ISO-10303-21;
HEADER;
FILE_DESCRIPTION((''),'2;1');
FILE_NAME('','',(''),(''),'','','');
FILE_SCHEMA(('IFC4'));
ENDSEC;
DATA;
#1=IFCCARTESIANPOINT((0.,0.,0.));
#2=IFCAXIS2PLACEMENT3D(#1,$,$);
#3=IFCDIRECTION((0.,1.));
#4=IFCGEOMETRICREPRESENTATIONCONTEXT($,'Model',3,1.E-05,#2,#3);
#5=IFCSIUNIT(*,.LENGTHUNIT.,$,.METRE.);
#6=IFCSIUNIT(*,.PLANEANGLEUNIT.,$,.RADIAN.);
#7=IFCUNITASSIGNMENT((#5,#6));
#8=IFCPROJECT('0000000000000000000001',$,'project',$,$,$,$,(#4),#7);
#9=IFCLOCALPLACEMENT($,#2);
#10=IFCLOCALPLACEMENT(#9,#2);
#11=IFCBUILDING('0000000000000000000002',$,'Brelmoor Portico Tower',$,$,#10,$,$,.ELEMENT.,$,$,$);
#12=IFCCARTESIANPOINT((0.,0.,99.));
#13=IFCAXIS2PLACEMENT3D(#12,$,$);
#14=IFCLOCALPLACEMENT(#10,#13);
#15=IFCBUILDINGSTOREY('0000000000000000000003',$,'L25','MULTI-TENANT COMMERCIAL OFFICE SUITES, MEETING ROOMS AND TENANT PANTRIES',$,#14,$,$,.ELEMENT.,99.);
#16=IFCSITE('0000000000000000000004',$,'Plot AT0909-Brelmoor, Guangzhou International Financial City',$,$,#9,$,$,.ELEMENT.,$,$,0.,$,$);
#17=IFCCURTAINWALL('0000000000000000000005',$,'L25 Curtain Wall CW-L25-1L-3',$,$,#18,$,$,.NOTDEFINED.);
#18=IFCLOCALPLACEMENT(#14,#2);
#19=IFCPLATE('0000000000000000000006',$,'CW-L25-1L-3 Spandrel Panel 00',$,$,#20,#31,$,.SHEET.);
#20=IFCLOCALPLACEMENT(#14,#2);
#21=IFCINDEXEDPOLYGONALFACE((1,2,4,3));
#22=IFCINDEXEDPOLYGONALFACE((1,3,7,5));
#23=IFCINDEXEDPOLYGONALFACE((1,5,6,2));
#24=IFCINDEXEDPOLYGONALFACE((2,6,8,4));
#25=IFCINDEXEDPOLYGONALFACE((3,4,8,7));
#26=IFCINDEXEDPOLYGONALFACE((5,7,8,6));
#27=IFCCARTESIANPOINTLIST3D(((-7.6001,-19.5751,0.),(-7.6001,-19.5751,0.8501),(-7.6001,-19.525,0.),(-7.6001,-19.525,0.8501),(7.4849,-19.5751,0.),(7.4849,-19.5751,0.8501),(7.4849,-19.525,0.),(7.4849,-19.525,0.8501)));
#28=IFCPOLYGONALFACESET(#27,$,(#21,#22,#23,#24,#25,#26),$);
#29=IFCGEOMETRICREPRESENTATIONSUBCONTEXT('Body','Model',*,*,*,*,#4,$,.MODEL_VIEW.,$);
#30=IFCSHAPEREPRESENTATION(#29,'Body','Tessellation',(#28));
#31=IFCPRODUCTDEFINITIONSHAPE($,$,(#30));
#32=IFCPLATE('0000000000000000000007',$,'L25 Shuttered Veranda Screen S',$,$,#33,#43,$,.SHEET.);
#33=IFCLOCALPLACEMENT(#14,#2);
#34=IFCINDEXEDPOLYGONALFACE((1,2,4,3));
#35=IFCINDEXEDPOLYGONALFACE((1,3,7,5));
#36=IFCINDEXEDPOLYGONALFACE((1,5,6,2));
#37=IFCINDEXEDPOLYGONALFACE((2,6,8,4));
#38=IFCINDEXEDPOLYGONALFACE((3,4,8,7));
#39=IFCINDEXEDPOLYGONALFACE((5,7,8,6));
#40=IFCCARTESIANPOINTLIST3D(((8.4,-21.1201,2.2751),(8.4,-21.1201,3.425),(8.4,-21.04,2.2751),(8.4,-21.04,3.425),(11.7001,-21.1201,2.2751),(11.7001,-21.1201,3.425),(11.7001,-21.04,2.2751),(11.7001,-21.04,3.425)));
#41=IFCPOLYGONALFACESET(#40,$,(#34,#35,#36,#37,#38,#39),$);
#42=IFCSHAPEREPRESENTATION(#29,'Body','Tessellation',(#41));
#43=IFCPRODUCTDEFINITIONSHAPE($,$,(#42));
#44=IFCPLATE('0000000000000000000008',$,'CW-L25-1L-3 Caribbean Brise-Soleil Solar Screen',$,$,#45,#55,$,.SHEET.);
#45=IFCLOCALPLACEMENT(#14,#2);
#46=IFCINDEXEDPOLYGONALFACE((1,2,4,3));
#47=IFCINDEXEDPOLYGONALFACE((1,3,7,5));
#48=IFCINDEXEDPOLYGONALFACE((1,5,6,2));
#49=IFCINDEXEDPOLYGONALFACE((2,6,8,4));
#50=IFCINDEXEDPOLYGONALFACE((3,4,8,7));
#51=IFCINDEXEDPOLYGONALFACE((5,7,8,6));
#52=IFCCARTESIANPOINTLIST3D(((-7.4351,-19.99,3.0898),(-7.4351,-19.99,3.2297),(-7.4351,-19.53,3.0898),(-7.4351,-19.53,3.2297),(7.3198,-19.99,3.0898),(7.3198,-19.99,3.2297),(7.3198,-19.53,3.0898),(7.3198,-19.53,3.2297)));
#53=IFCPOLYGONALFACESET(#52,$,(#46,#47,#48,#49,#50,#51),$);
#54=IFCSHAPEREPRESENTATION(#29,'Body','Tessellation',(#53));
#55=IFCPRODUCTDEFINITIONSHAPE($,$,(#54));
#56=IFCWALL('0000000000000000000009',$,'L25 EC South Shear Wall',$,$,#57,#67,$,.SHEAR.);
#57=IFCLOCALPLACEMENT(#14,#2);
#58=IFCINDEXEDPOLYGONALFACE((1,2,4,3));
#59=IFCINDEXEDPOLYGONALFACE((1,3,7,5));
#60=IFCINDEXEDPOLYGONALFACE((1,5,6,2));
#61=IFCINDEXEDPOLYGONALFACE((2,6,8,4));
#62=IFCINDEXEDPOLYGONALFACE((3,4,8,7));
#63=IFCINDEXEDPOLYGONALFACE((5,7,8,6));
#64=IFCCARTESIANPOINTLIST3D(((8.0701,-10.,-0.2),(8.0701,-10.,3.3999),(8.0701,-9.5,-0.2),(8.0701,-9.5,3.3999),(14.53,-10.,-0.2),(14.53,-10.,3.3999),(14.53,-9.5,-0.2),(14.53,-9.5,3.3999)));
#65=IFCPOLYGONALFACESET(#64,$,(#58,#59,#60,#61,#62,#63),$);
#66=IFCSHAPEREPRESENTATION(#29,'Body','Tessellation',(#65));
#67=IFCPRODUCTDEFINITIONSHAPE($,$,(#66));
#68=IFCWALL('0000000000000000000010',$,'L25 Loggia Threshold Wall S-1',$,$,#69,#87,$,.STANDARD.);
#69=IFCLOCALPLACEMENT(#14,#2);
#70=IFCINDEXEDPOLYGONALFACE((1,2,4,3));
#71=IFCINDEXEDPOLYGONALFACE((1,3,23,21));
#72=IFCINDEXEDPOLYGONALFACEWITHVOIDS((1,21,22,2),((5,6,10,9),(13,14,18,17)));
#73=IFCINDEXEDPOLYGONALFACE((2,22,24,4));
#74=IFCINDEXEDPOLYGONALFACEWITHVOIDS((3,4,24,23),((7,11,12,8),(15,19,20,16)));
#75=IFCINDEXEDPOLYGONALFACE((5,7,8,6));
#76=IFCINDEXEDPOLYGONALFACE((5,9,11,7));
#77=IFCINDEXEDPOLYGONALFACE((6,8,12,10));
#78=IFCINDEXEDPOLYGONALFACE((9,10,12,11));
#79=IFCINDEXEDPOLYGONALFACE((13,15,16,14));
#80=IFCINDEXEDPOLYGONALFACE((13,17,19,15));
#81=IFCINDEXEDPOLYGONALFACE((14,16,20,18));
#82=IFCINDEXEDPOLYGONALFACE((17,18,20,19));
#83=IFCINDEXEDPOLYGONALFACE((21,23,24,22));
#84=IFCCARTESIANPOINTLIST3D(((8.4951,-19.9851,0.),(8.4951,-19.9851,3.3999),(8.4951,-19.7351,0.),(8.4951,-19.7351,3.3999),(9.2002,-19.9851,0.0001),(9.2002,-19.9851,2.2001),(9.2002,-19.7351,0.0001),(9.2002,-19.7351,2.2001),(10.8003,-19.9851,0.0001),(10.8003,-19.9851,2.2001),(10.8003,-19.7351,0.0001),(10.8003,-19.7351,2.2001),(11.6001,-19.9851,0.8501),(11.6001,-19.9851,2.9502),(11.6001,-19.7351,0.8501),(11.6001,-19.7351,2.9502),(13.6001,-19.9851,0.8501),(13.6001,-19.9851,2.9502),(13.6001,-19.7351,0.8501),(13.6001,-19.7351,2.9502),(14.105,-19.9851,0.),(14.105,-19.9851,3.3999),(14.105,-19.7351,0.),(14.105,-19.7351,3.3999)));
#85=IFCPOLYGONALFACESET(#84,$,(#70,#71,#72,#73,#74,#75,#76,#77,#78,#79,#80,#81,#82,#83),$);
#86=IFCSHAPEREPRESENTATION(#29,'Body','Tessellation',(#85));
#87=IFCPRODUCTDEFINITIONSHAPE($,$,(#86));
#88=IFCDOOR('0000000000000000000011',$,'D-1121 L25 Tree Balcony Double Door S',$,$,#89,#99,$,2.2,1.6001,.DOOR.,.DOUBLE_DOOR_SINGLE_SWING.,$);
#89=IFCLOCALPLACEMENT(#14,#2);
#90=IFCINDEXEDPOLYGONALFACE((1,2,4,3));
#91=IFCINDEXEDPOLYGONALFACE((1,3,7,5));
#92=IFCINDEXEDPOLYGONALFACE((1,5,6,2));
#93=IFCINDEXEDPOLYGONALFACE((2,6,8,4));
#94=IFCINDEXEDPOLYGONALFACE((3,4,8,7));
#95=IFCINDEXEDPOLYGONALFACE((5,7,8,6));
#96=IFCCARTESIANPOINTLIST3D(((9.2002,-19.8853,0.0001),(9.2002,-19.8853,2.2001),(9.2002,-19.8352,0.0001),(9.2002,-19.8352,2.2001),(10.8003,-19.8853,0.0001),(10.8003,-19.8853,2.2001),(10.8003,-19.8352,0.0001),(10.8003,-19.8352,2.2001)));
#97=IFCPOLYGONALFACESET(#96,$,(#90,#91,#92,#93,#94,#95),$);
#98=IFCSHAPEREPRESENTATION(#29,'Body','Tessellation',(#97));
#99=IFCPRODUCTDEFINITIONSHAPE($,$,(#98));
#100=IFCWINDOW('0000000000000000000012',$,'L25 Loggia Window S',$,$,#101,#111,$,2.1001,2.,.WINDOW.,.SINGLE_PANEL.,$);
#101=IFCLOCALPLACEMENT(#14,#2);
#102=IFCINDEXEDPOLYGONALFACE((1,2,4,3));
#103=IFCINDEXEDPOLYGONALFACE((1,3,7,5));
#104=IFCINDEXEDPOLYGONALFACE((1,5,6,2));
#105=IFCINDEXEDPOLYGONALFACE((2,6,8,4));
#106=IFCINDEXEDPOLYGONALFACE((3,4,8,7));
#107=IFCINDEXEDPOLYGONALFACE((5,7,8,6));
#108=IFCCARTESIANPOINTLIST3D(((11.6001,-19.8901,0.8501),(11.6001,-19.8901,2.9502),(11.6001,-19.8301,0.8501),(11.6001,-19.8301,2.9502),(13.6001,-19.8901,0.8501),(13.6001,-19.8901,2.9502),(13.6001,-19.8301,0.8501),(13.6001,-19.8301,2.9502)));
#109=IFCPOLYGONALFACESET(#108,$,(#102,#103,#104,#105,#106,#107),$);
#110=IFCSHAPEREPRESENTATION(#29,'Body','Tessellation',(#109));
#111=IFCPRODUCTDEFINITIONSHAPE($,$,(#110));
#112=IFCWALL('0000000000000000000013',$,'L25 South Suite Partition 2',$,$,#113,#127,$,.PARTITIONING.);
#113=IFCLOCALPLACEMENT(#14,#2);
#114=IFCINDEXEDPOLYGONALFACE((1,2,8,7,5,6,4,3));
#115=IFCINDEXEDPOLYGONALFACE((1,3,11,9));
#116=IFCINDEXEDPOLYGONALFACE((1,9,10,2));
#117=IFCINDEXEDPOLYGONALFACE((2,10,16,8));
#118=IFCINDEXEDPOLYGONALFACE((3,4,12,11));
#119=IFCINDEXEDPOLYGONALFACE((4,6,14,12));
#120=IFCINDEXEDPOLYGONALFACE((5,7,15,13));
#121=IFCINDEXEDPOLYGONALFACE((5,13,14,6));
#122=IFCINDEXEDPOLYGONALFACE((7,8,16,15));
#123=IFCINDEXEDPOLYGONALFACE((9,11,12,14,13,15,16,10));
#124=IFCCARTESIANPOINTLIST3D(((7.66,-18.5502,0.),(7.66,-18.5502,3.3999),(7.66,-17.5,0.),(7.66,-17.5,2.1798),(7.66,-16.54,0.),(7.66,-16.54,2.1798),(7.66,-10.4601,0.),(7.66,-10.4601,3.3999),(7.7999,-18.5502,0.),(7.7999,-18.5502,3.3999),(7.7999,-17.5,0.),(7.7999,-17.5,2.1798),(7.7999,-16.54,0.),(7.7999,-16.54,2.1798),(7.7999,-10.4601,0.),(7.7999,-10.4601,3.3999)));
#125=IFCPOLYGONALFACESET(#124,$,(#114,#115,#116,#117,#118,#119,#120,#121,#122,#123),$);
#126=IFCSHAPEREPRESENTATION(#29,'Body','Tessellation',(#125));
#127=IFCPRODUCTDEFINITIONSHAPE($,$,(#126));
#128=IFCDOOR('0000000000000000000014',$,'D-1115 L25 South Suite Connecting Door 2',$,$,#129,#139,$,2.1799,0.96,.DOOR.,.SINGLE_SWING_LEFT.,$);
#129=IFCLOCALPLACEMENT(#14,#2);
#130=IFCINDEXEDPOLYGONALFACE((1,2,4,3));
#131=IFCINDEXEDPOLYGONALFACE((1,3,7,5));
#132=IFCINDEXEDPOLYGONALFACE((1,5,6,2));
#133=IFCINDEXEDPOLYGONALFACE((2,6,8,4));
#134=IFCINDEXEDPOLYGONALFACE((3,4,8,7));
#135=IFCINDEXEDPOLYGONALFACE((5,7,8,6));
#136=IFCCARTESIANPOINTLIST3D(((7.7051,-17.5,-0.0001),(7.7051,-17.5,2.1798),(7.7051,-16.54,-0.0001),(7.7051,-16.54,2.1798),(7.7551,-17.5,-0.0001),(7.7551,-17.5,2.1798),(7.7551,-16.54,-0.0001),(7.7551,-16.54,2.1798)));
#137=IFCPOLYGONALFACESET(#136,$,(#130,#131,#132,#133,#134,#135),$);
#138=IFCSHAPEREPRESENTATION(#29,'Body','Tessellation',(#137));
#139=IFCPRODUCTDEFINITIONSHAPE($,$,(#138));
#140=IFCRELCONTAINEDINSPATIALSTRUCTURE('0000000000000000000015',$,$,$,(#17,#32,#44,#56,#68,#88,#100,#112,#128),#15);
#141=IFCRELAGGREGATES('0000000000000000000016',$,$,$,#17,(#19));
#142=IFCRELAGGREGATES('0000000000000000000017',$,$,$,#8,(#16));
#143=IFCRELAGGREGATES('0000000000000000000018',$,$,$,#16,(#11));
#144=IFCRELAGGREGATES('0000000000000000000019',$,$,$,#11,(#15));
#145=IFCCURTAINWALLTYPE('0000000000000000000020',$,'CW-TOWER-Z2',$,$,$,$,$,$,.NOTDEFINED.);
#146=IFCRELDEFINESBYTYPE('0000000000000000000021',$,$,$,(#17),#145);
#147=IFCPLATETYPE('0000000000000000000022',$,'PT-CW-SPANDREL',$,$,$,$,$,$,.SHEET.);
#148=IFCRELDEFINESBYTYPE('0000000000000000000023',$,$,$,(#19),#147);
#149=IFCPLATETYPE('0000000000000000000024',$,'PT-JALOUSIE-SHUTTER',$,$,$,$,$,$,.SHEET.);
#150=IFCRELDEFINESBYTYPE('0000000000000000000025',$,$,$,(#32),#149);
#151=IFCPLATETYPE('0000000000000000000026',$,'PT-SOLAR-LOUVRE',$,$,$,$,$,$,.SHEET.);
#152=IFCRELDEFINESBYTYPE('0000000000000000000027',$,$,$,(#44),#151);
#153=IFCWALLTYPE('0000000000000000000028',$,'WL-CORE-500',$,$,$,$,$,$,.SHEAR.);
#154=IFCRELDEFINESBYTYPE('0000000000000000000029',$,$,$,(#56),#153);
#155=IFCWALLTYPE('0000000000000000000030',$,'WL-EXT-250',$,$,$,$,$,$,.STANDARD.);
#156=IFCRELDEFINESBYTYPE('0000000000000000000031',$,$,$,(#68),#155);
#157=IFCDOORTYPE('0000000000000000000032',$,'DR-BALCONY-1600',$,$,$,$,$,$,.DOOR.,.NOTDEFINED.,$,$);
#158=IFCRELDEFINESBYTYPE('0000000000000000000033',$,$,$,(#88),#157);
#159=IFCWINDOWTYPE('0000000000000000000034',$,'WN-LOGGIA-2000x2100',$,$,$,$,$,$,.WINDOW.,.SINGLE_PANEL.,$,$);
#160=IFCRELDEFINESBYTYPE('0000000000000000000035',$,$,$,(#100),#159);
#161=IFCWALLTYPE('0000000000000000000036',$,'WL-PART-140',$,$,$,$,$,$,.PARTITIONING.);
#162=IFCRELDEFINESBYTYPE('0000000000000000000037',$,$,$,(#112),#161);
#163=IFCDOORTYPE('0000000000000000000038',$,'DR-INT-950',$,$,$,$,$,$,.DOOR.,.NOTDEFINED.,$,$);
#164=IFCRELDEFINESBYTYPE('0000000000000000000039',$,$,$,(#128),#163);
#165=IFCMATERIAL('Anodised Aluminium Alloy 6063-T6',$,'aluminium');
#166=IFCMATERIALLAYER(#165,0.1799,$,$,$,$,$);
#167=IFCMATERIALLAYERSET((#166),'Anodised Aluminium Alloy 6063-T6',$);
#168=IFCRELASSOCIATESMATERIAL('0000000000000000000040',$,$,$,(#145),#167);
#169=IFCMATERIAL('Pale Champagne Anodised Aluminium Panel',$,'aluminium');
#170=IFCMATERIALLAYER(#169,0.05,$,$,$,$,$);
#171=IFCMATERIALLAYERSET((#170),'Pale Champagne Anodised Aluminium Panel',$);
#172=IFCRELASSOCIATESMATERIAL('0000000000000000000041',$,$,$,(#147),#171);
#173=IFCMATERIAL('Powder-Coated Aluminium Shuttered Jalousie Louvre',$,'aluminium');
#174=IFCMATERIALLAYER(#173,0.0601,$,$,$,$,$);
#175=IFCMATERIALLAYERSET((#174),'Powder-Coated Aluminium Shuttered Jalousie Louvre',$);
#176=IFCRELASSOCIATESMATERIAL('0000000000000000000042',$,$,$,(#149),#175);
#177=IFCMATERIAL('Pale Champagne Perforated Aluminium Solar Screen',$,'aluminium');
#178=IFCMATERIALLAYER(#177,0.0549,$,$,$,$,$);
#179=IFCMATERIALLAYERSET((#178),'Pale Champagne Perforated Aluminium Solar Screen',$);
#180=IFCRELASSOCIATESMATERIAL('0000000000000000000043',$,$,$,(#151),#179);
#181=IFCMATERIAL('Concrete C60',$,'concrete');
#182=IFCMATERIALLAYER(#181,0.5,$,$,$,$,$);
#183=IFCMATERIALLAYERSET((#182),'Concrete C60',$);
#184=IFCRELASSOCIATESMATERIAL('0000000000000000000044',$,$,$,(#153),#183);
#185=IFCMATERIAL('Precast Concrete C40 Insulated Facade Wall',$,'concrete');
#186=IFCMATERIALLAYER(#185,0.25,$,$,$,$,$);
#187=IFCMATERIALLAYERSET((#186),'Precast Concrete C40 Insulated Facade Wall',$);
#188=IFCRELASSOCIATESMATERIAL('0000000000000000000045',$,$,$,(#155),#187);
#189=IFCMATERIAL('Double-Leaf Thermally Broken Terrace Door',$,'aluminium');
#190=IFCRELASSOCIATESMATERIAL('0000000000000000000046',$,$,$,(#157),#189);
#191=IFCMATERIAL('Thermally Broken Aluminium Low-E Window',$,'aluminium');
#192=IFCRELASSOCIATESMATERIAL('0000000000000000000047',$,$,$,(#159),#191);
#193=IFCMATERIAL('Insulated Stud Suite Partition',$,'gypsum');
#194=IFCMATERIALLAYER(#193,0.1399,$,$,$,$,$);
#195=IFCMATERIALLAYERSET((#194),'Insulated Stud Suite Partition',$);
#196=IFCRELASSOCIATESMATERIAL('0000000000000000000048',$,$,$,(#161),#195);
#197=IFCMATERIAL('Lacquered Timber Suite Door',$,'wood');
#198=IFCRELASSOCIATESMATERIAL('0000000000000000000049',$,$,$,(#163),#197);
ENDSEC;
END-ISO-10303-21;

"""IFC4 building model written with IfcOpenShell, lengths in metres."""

from ifc_helpers import new_model, si_unit, direction, frame, frame_2d, origin, origin_2d, place, context, subcontext, project, spatial, rectangle, extrude, material, layer, layer_set, type_object, element, fill, aggregate, save


model = new_model("IFC4")

# Units and contexts
model_context = context("Model", 3, precision=1e-05, world=origin(), true_north=direction((0.0, 1.0)))
body_context = subcontext(model_context, "Body", "Model", "MODEL_VIEW")
ifc_project = project(units=[si_unit("LENGTHUNIT", "METRE"), si_unit("PLANEANGLEUNIT", "RADIAN")], contexts=[model_context])

# Site, building, storey
site_placement = place(None, origin())
site = spatial("IfcSite", under=ifc_project, at=site_placement, Name="Plot AT0909-Brelmoor, Guangzhou International Financial City", CompositionType="ELEMENT", RefElevation=0.0)
building_placement = place(site_placement, origin())
building = spatial("IfcBuilding", under=site, at=building_placement, Name="Brelmoor Portico Tower", CompositionType="ELEMENT")
storey_placement = place(building_placement, frame((0.0, 0.0, 99.0)))
storey = spatial("IfcBuildingStorey", under=building, at=storey_placement, Name="L25", Description="MULTI-TENANT COMMERCIAL OFFICE SUITES, MEETING ROOMS AND TENANT PANTRIES", CompositionType="ELEMENT", Elevation=99.0)

# Curtain wall
ifc_material_1 = material(Name="Anodised Aluminium Alloy 6063-T6", Category="aluminium")
ifc_layer_1 = layer(ifc_material_1, 0.1799)
ifc_layer_set_1 = layer_set([ifc_layer_1], Name="Anodised Aluminium Alloy 6063-T6")
curtain_wall_type = type_object("IfcCurtainWallType", Name="CW-TOWER-Z2", PredefinedType="NOTDEFINED", material=ifc_layer_set_1)
curtain_wall_placement = place(storey_placement, origin())
curtain_wall = element("IfcCurtainWall", 1, at=curtain_wall_placement, inside=storey, type_object=curtain_wall_type, Name="L25 Curtain Wall CW-L25-1L-3", PredefinedType="NOTDEFINED")

# Plate
ifc_material_2 = material(Name="Pale Champagne Anodised Aluminium Panel", Category="aluminium")
ifc_layer_2 = layer(ifc_material_2, 0.05)
ifc_layer_set_2 = layer_set([ifc_layer_2], Name="Pale Champagne Anodised Aluminium Panel")
plate_type_1 = type_object("IfcPlateType", Name="PT-CW-SPANDREL", PredefinedType="SHEET", material=ifc_layer_set_2)
plate_1_placement = place(storey_placement, frame((-0.0576, -19.55, 0.0), z_axis=(0.0, 0.0, 1.0), x_axis=(1.0, 0.0, 0.0)))
plate_1 = element("IfcPlate", 2, at=plate_1_placement, type_object=plate_type_1, Name="CW-L25-1L-3 Spandrel Panel 00", PredefinedType="SHEET", context=body_context, shape_type="SweptSolid", body=[
    extrude(rectangle(XDim=15.085, YDim=0.05, at=origin_2d()), origin(), (0.0, 0.0, 1.0), 0.8501),
])
aggregate(curtain_wall, [plate_1])

# Plates
ifc_material_3 = material(Name="Powder-Coated Aluminium Shuttered Jalousie Louvre", Category="aluminium")
ifc_layer_3 = layer(ifc_material_3, 0.0601)
ifc_layer_set_3 = layer_set([ifc_layer_3], Name="Powder-Coated Aluminium Shuttered Jalousie Louvre")
plate_type_2 = type_object("IfcPlateType", Name="PT-JALOUSIE-SHUTTER", PredefinedType="SHEET", material=ifc_layer_set_3)
plate_2_placement = place(storey_placement, frame((10.05, -21.0801, 2.2751), z_axis=(0.0, 0.0, 1.0), x_axis=(1.0, 0.0, 0.0)))
element("IfcPlate", 3, at=plate_2_placement, inside=storey, type_object=plate_type_2, Name="L25 Shuttered Veranda Screen S", PredefinedType="SHEET", context=body_context, shape_type="SweptSolid", body=[
    extrude(rectangle(XDim=3.3, YDim=0.0801, at=origin_2d()), origin(), (0.0, 0.0, 1.0), 1.1499),
])
ifc_material_4 = material(Name="Pale Champagne Perforated Aluminium Solar Screen", Category="aluminium")
ifc_layer_4 = layer(ifc_material_4, 0.0549)
ifc_layer_set_4 = layer_set([ifc_layer_4], Name="Pale Champagne Perforated Aluminium Solar Screen")
plate_type_3 = type_object("IfcPlateType", Name="PT-SOLAR-LOUVRE", PredefinedType="SHEET", material=ifc_layer_set_4)
plate_3_placement = place(storey_placement, frame((-0.0576, -19.76, 3.0898), z_axis=(0.0, 0.0, 1.0), x_axis=(1.0, 0.0, 0.0)))
element("IfcPlate", 4, at=plate_3_placement, inside=storey, type_object=plate_type_3, Name="CW-L25-1L-3 Caribbean Brise-Soleil Solar Screen", PredefinedType="SHEET", context=body_context, shape_type="SweptSolid", body=[
    extrude(rectangle(XDim=14.7549, YDim=0.46, at=origin_2d()), origin(), (0.0, 0.0, 1.0), 0.1399),
])

# Wall
ifc_material_5 = material(Name="Concrete C60", Category="concrete")
ifc_layer_5 = layer(ifc_material_5, 0.5)
ifc_layer_set_5 = layer_set([ifc_layer_5], Name="Concrete C60")
wall_type_1 = type_object("IfcWallType", Name="WL-CORE-500", PredefinedType="SHEAR", material=ifc_layer_set_5)
wall_1_placement = place(storey_placement, frame((8.0701, -9.75, -0.2), z_axis=(0.0, 0.0, 1.0), x_axis=(1.0, 0.0, 0.0)))
element("IfcWall", 5, at=wall_1_placement, inside=storey, type_object=wall_type_1, Name="L25 EC South Shear Wall", PredefinedType="SHEAR", context=body_context, shape_type="SweptSolid", body=[
    extrude(rectangle(XDim=6.46, YDim=0.5, at=frame_2d((3.23, 0.0))), origin(), (0.0, 0.0, 1.0), 3.5999),
])

# Wall, openings, door, window
ifc_material_6 = material(Name="Precast Concrete C40 Insulated Facade Wall", Category="concrete")
ifc_layer_6 = layer(ifc_material_6, 0.25)
ifc_layer_set_6 = layer_set([ifc_layer_6], Name="Precast Concrete C40 Insulated Facade Wall")
wall_type_2 = type_object("IfcWallType", Name="WL-EXT-250", PredefinedType="STANDARD", material=ifc_layer_set_6)
wall_2_placement = place(storey_placement, frame((8.4951, -19.8601, 0.0), z_axis=(0.0, 0.0, 1.0), x_axis=(1.0, 0.0, 0.0)))
wall_2 = element("IfcWall", 6, at=wall_2_placement, inside=storey, type_object=wall_type_2, Name="L25 Loggia Threshold Wall S-1", PredefinedType="STANDARD", context=body_context, shape_type="SweptSolid", body=[
    extrude(rectangle(XDim=5.6099, YDim=0.25, at=frame_2d((2.8049, 0.0))), origin(), (0.0, 0.0, 1.0), 3.3999),
])
opening_1_placement = place(wall_2_placement, frame((0.7051, 0.0, 0.0)))
opening_1 = element("IfcOpeningElement", 7, at=opening_1_placement, cuts=wall_2, PredefinedType="OPENING", context=body_context, shape_type="SweptSolid", body=[
    extrude(rectangle(XDim=1.6001, YDim=2.2, at=frame_2d((0.8, 1.1001))), frame((0.0, 0.135, 0.0), z_axis=(0.0, -1.0, 0.0), x_axis=(1.0, 0.0, 0.0)), (0.0, 0.0, 1.0), 0.27),
])
opening_2_placement = place(wall_2_placement, frame((3.105, 0.0, 0.8501)))
opening_2 = element("IfcOpeningElement", 8, at=opening_2_placement, cuts=wall_2, PredefinedType="OPENING", context=body_context, shape_type="SweptSolid", body=[
    extrude(rectangle(XDim=2.0, YDim=2.1001, at=frame_2d((1.0, 1.05))), frame((0.0, 0.135, 0.0), z_axis=(0.0, -1.0, 0.0), x_axis=(1.0, 0.0, 0.0)), (0.0, 0.0, 1.0), 0.27),
])
ifc_material_7 = material(Name="Double-Leaf Thermally Broken Terrace Door", Category="aluminium")
door_type_1 = type_object("IfcDoorType", Name="DR-BALCONY-1600", OperationType="NOTDEFINED", PredefinedType="DOOR", material=ifc_material_7)
door_1_placement = place(opening_1_placement, origin())
door_1 = element("IfcDoor", 9, at=door_1_placement, inside=storey, type_object=door_type_1, Name="D-1121 L25 Tree Balcony Double Door S", OperationType="DOUBLE_DOOR_SINGLE_SWING", OverallHeight=2.2, OverallWidth=1.6001, PredefinedType="DOOR", context=body_context, shape_type="SweptSolid", body=[
    extrude(rectangle(XDim=1.6001, YDim=2.2, at=frame_2d((0.8, 1.1001))), frame((0.0, 0.0249, 0.0), z_axis=(0.0, -1.0, 0.0), x_axis=(1.0, 0.0, 0.0)), (0.0, 0.0, 1.0), 0.05),
])
fill(opening_1, door_1)
ifc_material_8 = material(Name="Thermally Broken Aluminium Low-E Window", Category="aluminium")
window_type = type_object("IfcWindowType", Name="WN-LOGGIA-2000x2100", PartitioningType="SINGLE_PANEL", PredefinedType="WINDOW", material=ifc_material_8)
window_placement = place(opening_2_placement, origin())
window = element("IfcWindow", 10, at=window_placement, inside=storey, type_object=window_type, Name="L25 Loggia Window S", OverallHeight=2.1001, OverallWidth=2.0, PartitioningType="SINGLE_PANEL", PredefinedType="WINDOW", context=body_context, shape_type="SweptSolid", body=[
    extrude(rectangle(XDim=2.0, YDim=2.1001, at=frame_2d((1.0, 1.05))), frame((0.0, 0.03, 0.0), z_axis=(0.0, -1.0, 0.0), x_axis=(1.0, 0.0, 0.0)), (0.0, 0.0, 1.0), 0.0601),
])
fill(opening_2, window)

# Wall, opening, door
ifc_material_9 = material(Name="Insulated Stud Suite Partition", Category="gypsum")
ifc_layer_7 = layer(ifc_material_9, 0.1399)
ifc_layer_set_7 = layer_set([ifc_layer_7], Name="Insulated Stud Suite Partition")
wall_type_3 = type_object("IfcWallType", Name="WL-PART-140", PredefinedType="PARTITIONING", material=ifc_layer_set_7)
wall_3_placement = place(storey_placement, frame((7.73, -18.55, 0.0), z_axis=(0.0, 0.0, 1.0), x_axis=(0.0, 1.0, 0.0)))
wall_3 = element("IfcWall", 11, at=wall_3_placement, inside=storey, type_object=wall_type_3, Name="L25 South Suite Partition 2", PredefinedType="PARTITIONING", context=body_context, shape_type="SweptSolid", body=[
    extrude(rectangle(XDim=8.0901, YDim=0.1399, at=frame_2d((4.0449, 0.0))), origin(), (0.0, 0.0, 1.0), 3.3999),
])
opening_3_placement = place(wall_3_placement, frame((1.05, 0.0, 0.0)))
opening_3 = element("IfcOpeningElement", 12, at=opening_3_placement, cuts=wall_3, PredefinedType="OPENING", context=body_context, shape_type="SweptSolid", body=[
    extrude(rectangle(XDim=0.96, YDim=2.1799, at=frame_2d((0.48, 1.0898))), frame((0.0, 0.0798, 0.0), z_axis=(0.0, -1.0, 0.0), x_axis=(1.0, 0.0, 0.0)), (0.0, 0.0, 1.0), 0.1599),
])
ifc_material_10 = material(Name="Lacquered Timber Suite Door", Category="wood")
door_type_2 = type_object("IfcDoorType", Name="DR-INT-950", OperationType="NOTDEFINED", PredefinedType="DOOR", material=ifc_material_10)
door_2_placement = place(opening_3_placement, origin())
door_2 = element("IfcDoor", 13, at=door_2_placement, inside=storey, type_object=door_type_2, Name="D-1115 L25 South Suite Connecting Door 2", OperationType="SINGLE_SWING_LEFT", OverallHeight=2.1799, OverallWidth=0.96, PredefinedType="DOOR", context=body_context, shape_type="SweptSolid", body=[
    extrude(rectangle(XDim=0.96, YDim=2.1799, at=frame_2d((0.48, 1.0898))), frame((0.0, 0.0249, 0.0), z_axis=(0.0, -1.0, 0.0), x_axis=(1.0, 0.0, 0.0)), (0.0, 0.0, 1.0), 0.05),
])
fill(opening_3, door_2)

save(model, "model.ifc")
